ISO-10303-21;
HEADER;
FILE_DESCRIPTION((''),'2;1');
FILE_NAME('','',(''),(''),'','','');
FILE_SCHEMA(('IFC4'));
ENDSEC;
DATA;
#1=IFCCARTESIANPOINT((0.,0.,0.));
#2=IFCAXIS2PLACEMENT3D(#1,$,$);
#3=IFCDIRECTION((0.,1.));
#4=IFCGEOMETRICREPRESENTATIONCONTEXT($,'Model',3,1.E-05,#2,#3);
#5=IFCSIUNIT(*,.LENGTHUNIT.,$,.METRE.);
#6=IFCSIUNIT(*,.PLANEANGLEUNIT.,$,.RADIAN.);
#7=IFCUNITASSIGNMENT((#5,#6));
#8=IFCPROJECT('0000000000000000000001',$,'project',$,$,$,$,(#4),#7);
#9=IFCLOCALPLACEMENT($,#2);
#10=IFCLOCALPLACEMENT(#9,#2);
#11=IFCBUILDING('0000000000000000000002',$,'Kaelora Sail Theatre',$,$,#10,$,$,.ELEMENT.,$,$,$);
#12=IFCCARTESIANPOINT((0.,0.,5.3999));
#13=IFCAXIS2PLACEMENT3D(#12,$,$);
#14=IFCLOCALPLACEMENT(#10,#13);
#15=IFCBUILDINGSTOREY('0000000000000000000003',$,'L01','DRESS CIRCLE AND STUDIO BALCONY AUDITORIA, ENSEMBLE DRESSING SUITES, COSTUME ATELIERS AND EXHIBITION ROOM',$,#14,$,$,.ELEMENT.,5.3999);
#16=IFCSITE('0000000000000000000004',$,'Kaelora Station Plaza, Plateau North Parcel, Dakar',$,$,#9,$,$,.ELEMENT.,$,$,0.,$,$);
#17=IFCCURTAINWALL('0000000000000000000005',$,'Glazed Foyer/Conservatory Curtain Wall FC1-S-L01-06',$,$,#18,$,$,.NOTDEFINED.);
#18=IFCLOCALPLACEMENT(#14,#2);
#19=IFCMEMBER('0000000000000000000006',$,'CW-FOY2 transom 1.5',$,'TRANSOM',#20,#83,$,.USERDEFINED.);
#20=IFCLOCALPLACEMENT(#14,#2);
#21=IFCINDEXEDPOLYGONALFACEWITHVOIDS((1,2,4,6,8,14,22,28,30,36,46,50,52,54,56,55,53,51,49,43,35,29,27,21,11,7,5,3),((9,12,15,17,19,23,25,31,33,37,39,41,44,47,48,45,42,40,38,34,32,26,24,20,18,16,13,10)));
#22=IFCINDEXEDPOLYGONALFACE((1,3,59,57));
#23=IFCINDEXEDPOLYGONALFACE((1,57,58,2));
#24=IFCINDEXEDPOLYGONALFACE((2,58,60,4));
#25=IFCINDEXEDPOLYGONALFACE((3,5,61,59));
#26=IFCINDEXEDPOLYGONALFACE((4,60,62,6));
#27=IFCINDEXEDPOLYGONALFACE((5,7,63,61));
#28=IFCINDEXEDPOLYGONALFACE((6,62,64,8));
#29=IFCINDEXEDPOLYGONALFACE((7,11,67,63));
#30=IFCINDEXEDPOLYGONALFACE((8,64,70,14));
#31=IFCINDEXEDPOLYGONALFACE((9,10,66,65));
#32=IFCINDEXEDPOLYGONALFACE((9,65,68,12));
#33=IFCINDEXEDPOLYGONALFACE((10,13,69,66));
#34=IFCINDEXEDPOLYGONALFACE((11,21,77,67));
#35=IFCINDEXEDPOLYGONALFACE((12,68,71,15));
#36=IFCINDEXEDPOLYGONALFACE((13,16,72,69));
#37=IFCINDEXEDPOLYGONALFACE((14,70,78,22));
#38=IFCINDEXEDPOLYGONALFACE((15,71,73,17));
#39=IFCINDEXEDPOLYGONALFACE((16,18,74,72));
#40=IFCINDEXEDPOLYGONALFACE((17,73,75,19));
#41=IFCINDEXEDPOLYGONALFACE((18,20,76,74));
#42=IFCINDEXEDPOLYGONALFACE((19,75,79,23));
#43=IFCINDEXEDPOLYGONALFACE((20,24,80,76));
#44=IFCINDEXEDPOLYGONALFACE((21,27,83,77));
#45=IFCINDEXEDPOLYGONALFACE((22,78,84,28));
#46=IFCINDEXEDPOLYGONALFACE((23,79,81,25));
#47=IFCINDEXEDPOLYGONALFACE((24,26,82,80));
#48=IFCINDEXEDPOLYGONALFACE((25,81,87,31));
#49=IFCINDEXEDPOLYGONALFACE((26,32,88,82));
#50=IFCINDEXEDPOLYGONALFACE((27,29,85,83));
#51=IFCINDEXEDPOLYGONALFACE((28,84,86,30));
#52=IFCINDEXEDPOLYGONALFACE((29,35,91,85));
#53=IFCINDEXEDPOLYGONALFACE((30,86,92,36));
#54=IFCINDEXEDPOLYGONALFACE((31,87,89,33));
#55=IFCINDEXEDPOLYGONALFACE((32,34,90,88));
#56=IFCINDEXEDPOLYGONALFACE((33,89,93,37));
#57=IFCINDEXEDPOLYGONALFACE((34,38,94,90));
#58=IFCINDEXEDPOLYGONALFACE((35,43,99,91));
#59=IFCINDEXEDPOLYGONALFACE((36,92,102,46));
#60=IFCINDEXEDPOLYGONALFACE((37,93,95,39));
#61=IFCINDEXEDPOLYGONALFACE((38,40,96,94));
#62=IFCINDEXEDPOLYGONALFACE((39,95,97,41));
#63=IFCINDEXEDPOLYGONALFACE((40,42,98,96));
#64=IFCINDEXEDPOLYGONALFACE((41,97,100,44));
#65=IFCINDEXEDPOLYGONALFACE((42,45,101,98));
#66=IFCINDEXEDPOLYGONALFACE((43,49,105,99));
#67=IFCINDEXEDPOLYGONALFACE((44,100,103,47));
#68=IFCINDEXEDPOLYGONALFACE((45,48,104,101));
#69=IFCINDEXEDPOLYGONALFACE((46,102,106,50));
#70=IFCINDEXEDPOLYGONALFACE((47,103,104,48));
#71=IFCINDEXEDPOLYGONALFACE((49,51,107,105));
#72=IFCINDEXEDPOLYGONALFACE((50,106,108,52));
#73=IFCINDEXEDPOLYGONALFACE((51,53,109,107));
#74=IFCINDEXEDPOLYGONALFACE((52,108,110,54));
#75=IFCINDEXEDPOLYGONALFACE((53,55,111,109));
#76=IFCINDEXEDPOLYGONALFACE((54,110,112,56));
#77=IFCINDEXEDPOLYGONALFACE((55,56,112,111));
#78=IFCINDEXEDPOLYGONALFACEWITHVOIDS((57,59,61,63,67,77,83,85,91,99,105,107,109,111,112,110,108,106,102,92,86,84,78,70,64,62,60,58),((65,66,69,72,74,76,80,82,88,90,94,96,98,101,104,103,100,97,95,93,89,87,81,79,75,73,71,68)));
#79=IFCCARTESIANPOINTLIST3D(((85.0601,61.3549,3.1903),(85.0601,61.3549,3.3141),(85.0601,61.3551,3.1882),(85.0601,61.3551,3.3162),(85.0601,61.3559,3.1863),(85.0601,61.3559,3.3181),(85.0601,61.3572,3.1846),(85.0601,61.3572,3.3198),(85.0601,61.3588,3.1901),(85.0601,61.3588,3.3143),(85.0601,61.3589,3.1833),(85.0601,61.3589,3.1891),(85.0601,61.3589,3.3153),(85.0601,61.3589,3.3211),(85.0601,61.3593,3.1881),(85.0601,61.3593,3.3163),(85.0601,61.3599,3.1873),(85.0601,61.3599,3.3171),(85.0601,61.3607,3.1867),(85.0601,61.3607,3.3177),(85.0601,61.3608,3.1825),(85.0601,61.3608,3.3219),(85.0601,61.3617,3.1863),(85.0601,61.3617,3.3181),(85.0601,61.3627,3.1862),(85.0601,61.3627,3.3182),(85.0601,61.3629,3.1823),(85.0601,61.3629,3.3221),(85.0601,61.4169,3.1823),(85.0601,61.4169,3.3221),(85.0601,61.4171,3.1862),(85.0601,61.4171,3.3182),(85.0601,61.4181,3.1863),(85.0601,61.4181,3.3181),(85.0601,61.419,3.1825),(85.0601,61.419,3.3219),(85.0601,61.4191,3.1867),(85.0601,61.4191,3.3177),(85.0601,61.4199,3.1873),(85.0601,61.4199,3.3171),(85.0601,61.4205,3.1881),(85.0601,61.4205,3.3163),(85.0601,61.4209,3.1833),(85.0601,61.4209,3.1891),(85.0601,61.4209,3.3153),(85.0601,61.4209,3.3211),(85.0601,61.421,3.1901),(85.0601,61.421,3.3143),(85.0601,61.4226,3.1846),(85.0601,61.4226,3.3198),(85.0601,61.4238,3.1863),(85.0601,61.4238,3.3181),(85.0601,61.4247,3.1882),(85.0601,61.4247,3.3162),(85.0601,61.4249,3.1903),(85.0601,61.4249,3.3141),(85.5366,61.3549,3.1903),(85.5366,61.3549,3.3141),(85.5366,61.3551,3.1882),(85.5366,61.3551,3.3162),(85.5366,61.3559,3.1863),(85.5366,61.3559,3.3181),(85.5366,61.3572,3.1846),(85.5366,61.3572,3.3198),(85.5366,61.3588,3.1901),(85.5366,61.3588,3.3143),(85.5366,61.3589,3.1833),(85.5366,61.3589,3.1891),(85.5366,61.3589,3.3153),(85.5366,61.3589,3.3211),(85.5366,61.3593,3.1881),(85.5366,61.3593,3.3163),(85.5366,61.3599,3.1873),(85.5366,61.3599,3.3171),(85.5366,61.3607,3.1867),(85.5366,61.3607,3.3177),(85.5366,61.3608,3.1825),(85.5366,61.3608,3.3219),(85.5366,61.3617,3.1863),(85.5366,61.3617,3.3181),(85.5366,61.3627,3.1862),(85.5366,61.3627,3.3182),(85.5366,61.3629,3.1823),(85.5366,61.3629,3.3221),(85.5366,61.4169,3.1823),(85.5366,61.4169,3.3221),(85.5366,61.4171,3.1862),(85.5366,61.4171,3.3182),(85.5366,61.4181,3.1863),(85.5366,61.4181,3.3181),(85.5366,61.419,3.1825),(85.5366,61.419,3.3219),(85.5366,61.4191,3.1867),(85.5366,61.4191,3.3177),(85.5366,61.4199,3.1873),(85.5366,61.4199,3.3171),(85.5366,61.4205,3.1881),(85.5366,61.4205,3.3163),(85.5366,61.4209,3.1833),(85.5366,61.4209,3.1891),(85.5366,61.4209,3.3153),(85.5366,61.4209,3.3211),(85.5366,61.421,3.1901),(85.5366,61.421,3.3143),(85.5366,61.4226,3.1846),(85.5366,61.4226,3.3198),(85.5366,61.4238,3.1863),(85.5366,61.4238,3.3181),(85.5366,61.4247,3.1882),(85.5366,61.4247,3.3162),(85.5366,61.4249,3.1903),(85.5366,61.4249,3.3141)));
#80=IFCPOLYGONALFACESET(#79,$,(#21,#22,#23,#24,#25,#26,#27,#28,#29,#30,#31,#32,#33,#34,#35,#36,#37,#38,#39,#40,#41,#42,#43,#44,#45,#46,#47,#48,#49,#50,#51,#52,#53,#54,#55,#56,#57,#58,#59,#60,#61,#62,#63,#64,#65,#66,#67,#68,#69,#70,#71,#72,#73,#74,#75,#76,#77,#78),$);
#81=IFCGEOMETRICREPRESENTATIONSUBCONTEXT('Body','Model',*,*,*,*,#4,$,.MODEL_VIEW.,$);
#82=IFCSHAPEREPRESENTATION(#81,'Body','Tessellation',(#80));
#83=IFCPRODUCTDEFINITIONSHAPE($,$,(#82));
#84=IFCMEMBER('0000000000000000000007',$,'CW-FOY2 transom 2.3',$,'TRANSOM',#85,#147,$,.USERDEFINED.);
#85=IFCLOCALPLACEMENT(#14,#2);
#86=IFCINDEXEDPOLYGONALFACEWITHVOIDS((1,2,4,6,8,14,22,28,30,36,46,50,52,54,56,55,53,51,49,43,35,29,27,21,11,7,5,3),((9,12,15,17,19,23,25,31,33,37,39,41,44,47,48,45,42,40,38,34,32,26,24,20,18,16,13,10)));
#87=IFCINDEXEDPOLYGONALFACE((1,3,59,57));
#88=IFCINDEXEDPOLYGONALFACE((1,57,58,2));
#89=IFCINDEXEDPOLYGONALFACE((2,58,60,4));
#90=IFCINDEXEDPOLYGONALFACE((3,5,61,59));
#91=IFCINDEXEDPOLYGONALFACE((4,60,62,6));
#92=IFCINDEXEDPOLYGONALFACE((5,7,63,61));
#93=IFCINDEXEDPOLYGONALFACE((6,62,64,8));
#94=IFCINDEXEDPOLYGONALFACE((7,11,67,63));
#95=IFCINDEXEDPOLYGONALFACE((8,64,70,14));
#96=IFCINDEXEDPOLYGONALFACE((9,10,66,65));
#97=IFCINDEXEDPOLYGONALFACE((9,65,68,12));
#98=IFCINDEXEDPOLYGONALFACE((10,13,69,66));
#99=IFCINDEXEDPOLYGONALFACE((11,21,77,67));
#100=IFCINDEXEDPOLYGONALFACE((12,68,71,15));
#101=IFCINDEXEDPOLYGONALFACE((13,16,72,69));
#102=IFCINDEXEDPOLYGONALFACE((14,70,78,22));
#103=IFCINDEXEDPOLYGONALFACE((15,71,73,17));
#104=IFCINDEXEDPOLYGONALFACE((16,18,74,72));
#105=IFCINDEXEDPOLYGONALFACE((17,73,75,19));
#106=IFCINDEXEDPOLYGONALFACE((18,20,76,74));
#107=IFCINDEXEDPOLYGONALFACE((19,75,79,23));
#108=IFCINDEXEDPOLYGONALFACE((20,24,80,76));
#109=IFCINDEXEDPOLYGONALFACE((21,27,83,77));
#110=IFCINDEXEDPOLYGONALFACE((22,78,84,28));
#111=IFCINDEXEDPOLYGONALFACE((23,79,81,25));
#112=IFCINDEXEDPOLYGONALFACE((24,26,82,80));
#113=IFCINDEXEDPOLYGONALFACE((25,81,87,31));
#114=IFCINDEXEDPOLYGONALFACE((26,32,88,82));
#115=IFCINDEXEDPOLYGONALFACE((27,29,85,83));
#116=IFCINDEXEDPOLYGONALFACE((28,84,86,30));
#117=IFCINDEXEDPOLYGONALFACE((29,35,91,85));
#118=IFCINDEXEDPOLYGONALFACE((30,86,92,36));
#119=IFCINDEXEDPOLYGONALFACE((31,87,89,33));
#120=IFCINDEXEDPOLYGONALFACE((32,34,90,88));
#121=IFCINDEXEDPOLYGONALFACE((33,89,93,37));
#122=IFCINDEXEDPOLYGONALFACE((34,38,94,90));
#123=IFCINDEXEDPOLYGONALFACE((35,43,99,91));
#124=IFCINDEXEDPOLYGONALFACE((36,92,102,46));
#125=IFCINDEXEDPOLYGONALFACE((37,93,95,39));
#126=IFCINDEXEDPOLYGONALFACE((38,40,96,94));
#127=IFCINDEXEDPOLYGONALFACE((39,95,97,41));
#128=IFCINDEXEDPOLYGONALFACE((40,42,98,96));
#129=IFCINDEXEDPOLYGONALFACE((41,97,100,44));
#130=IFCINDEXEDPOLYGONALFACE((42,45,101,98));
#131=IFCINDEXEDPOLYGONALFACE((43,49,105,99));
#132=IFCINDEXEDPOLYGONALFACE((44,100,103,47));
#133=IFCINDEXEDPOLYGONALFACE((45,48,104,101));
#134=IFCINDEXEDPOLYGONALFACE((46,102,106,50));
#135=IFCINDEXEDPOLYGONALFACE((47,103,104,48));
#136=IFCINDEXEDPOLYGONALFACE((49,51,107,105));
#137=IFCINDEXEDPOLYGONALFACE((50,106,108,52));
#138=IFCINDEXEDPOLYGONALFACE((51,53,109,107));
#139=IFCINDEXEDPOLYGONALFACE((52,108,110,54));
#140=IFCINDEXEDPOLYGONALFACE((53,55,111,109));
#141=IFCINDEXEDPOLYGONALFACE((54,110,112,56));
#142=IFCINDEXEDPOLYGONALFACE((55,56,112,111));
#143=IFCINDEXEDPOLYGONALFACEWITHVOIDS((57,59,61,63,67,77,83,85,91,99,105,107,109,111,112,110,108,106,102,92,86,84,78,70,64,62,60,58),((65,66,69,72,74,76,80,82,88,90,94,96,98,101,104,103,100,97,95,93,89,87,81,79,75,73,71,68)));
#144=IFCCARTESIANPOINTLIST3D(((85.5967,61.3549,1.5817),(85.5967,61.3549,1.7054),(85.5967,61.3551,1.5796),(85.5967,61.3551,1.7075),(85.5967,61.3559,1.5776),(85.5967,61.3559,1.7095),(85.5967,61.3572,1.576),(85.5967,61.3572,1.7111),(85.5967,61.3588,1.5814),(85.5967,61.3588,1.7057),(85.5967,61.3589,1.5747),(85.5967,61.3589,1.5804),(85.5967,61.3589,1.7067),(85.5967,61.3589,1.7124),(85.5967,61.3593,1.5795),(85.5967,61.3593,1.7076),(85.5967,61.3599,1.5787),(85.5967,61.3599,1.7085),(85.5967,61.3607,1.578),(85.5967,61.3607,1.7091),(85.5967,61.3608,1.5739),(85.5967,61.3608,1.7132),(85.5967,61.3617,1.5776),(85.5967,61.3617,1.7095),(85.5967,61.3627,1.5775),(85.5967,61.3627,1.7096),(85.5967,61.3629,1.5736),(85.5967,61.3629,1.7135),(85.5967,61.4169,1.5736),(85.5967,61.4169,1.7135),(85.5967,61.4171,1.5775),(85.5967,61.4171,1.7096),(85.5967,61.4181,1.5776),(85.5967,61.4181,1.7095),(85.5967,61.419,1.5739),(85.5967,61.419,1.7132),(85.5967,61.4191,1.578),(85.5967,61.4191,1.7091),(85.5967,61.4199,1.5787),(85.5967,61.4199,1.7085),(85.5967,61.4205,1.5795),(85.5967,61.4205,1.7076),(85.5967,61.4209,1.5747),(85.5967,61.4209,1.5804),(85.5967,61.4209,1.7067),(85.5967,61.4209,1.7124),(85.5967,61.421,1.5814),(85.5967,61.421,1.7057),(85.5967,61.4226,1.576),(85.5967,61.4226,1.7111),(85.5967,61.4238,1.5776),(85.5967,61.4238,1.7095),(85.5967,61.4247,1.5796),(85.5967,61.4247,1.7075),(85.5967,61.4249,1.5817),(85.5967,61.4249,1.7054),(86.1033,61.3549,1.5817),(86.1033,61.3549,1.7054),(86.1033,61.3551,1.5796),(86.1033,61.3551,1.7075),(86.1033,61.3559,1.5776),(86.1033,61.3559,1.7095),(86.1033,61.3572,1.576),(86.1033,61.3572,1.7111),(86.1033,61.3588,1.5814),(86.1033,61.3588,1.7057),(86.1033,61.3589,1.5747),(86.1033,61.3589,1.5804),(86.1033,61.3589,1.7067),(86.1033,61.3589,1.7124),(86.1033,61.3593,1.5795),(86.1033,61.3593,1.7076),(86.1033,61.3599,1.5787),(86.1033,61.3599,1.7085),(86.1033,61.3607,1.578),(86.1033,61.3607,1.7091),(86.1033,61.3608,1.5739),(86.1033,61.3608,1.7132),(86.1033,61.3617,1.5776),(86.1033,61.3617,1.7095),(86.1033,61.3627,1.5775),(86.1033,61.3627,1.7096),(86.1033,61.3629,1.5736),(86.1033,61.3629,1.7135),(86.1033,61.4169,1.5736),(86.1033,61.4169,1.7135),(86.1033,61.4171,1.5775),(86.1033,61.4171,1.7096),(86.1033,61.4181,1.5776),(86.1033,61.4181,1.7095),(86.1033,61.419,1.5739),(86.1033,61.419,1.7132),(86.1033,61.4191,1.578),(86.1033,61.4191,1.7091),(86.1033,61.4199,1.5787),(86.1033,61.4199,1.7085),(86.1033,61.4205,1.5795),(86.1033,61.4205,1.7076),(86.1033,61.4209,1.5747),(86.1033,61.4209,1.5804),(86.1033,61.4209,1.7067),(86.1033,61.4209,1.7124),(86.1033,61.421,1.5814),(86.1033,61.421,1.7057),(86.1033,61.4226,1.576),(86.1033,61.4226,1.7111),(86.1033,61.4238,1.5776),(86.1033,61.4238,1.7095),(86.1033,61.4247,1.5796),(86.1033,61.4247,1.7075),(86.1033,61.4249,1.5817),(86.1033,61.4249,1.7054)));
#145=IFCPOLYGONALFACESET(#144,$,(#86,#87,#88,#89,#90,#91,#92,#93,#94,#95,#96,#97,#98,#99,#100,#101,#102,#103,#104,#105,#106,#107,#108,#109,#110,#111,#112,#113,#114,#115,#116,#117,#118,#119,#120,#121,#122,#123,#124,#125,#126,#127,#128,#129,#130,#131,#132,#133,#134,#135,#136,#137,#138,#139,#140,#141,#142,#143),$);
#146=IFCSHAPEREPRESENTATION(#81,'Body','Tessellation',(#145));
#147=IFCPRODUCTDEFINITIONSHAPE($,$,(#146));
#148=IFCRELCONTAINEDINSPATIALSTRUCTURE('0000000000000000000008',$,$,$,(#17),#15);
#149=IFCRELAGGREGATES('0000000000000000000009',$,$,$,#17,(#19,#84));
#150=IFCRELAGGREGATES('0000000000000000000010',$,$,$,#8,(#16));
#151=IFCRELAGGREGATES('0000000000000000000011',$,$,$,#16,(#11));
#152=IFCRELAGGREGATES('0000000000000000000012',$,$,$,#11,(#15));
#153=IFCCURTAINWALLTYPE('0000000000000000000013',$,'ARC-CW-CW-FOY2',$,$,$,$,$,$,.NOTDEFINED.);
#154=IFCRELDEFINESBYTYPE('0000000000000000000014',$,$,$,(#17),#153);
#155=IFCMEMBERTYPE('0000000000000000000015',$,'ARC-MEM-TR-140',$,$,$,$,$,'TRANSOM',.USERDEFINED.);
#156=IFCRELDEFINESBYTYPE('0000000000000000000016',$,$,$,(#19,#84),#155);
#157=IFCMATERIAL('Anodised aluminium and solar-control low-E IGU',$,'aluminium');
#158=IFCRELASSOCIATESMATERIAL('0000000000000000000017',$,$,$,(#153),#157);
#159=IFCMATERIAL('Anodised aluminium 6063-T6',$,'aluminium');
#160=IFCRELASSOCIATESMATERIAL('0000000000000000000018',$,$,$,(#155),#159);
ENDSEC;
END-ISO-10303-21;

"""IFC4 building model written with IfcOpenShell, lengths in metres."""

from ifc_helpers import new_model, si_unit, direction, frame, origin, origin_2d, place, context, subcontext, project, spatial, hollow_rectangle, extrude, material, material_profile, profile_set, type_object, element, aggregate, save


model = new_model("IFC4")

# Units and contexts
model_context = context("Model", 3, precision=1e-05, world=origin(), true_north=direction((0.0, 1.0)))
body_context = subcontext(model_context, "Body", "Model", "MODEL_VIEW")
ifc_project = project(units=[si_unit("LENGTHUNIT", "METRE"), si_unit("PLANEANGLEUNIT", "RADIAN")], contexts=[model_context])

# Site, building, storey
site_placement = place(None, origin())
site = spatial("IfcSite", under=ifc_project, at=site_placement, Name="Kaelora Station Plaza, Plateau North Parcel, Dakar", CompositionType="ELEMENT", RefElevation=0.0)
building_placement = place(site_placement, origin())
building = spatial("IfcBuilding", under=site, at=building_placement, Name="Kaelora Sail Theatre", CompositionType="ELEMENT")
storey_placement = place(building_placement, frame((0.0, 0.0, 5.3999)))
storey = spatial("IfcBuildingStorey", under=building, at=storey_placement, Name="L01", Description="DRESS CIRCLE AND STUDIO BALCONY AUDITORIA, ENSEMBLE DRESSING SUITES, COSTUME ATELIERS AND EXHIBITION ROOM", CompositionType="ELEMENT", Elevation=5.3999)

# Curtain wall, members
ifc_material_1 = material(Name="Anodised aluminium and solar-control low-E IGU", Category="aluminium")
curtain_wall_type = type_object("IfcCurtainWallType", Name="ARC-CW-CW-FOY2", PredefinedType="NOTDEFINED", material=ifc_material_1)
curtain_wall_1_placement = place(storey_placement, origin())
curtain_wall_1 = element("IfcCurtainWall", 1, at=curtain_wall_1_placement, inside=storey, type_object=curtain_wall_type, Name="Glazed Foyer/Conservatory Curtain Wall FC1-S-L01-06", PredefinedType="NOTDEFINED")
ifc_material_2 = material(Name="Anodised aluminium 6063-T6", Category="aluminium")
ifc_material_profile = material_profile(ifc_material_2, hollow_rectangle(XDim=0.0701, YDim=0.1399, WallThickness=0.0039, InnerFilletRadius=0.0039, OuterFilletRadius=0.0081, at=origin_2d()), Name="ALU-TRAN 70x140x4")
ifc_profile_set = profile_set([ifc_material_profile], Name="Anodised aluminium 6063-T6")
member_type = type_object("IfcMemberType", Name="ARC-MEM-TR-140", ElementType="TRANSOM", PredefinedType="USERDEFINED", material=ifc_profile_set)
member_1_placement = place(storey_placement, frame((85.0601, 61.3899, 3.2522), z_axis=(1.0, 0.0, 0.0), x_axis=(0.0, 1.0, 0.0)))
member_1 = element("IfcMember", 2, at=member_1_placement, type_object=member_type, Name="CW-FOY2 transom 1.5", ObjectType="TRANSOM", PredefinedType="USERDEFINED", context=body_context, shape_type="SweptSolid", body=[
    extrude(hollow_rectangle(XDim=0.0701, YDim=0.1399, WallThickness=0.0039, InnerFilletRadius=0.0039, OuterFilletRadius=0.0081, at=origin_2d()), origin(), (0.0, 0.0, 1.0), 0.4766),
])
member_2_placement = place(storey_placement, frame((85.5967, 61.3899, 1.6436), z_axis=(1.0, 0.0, 0.0), x_axis=(0.0, 1.0, 0.0)))
member_2 = element("IfcMember", 3, at=member_2_placement, type_object=member_type, Name="CW-FOY2 transom 2.3", ObjectType="TRANSOM", PredefinedType="USERDEFINED", context=body_context, shape_type="SweptSolid", body=[
    extrude(hollow_rectangle(XDim=0.0701, YDim=0.1399, WallThickness=0.0039, InnerFilletRadius=0.0039, OuterFilletRadius=0.0081, at=origin_2d()), origin(), (0.0, 0.0, 1.0), 0.5066),
])

aggregate(curtain_wall_1, [member_1, member_2])

save(model, "model.ifc")
